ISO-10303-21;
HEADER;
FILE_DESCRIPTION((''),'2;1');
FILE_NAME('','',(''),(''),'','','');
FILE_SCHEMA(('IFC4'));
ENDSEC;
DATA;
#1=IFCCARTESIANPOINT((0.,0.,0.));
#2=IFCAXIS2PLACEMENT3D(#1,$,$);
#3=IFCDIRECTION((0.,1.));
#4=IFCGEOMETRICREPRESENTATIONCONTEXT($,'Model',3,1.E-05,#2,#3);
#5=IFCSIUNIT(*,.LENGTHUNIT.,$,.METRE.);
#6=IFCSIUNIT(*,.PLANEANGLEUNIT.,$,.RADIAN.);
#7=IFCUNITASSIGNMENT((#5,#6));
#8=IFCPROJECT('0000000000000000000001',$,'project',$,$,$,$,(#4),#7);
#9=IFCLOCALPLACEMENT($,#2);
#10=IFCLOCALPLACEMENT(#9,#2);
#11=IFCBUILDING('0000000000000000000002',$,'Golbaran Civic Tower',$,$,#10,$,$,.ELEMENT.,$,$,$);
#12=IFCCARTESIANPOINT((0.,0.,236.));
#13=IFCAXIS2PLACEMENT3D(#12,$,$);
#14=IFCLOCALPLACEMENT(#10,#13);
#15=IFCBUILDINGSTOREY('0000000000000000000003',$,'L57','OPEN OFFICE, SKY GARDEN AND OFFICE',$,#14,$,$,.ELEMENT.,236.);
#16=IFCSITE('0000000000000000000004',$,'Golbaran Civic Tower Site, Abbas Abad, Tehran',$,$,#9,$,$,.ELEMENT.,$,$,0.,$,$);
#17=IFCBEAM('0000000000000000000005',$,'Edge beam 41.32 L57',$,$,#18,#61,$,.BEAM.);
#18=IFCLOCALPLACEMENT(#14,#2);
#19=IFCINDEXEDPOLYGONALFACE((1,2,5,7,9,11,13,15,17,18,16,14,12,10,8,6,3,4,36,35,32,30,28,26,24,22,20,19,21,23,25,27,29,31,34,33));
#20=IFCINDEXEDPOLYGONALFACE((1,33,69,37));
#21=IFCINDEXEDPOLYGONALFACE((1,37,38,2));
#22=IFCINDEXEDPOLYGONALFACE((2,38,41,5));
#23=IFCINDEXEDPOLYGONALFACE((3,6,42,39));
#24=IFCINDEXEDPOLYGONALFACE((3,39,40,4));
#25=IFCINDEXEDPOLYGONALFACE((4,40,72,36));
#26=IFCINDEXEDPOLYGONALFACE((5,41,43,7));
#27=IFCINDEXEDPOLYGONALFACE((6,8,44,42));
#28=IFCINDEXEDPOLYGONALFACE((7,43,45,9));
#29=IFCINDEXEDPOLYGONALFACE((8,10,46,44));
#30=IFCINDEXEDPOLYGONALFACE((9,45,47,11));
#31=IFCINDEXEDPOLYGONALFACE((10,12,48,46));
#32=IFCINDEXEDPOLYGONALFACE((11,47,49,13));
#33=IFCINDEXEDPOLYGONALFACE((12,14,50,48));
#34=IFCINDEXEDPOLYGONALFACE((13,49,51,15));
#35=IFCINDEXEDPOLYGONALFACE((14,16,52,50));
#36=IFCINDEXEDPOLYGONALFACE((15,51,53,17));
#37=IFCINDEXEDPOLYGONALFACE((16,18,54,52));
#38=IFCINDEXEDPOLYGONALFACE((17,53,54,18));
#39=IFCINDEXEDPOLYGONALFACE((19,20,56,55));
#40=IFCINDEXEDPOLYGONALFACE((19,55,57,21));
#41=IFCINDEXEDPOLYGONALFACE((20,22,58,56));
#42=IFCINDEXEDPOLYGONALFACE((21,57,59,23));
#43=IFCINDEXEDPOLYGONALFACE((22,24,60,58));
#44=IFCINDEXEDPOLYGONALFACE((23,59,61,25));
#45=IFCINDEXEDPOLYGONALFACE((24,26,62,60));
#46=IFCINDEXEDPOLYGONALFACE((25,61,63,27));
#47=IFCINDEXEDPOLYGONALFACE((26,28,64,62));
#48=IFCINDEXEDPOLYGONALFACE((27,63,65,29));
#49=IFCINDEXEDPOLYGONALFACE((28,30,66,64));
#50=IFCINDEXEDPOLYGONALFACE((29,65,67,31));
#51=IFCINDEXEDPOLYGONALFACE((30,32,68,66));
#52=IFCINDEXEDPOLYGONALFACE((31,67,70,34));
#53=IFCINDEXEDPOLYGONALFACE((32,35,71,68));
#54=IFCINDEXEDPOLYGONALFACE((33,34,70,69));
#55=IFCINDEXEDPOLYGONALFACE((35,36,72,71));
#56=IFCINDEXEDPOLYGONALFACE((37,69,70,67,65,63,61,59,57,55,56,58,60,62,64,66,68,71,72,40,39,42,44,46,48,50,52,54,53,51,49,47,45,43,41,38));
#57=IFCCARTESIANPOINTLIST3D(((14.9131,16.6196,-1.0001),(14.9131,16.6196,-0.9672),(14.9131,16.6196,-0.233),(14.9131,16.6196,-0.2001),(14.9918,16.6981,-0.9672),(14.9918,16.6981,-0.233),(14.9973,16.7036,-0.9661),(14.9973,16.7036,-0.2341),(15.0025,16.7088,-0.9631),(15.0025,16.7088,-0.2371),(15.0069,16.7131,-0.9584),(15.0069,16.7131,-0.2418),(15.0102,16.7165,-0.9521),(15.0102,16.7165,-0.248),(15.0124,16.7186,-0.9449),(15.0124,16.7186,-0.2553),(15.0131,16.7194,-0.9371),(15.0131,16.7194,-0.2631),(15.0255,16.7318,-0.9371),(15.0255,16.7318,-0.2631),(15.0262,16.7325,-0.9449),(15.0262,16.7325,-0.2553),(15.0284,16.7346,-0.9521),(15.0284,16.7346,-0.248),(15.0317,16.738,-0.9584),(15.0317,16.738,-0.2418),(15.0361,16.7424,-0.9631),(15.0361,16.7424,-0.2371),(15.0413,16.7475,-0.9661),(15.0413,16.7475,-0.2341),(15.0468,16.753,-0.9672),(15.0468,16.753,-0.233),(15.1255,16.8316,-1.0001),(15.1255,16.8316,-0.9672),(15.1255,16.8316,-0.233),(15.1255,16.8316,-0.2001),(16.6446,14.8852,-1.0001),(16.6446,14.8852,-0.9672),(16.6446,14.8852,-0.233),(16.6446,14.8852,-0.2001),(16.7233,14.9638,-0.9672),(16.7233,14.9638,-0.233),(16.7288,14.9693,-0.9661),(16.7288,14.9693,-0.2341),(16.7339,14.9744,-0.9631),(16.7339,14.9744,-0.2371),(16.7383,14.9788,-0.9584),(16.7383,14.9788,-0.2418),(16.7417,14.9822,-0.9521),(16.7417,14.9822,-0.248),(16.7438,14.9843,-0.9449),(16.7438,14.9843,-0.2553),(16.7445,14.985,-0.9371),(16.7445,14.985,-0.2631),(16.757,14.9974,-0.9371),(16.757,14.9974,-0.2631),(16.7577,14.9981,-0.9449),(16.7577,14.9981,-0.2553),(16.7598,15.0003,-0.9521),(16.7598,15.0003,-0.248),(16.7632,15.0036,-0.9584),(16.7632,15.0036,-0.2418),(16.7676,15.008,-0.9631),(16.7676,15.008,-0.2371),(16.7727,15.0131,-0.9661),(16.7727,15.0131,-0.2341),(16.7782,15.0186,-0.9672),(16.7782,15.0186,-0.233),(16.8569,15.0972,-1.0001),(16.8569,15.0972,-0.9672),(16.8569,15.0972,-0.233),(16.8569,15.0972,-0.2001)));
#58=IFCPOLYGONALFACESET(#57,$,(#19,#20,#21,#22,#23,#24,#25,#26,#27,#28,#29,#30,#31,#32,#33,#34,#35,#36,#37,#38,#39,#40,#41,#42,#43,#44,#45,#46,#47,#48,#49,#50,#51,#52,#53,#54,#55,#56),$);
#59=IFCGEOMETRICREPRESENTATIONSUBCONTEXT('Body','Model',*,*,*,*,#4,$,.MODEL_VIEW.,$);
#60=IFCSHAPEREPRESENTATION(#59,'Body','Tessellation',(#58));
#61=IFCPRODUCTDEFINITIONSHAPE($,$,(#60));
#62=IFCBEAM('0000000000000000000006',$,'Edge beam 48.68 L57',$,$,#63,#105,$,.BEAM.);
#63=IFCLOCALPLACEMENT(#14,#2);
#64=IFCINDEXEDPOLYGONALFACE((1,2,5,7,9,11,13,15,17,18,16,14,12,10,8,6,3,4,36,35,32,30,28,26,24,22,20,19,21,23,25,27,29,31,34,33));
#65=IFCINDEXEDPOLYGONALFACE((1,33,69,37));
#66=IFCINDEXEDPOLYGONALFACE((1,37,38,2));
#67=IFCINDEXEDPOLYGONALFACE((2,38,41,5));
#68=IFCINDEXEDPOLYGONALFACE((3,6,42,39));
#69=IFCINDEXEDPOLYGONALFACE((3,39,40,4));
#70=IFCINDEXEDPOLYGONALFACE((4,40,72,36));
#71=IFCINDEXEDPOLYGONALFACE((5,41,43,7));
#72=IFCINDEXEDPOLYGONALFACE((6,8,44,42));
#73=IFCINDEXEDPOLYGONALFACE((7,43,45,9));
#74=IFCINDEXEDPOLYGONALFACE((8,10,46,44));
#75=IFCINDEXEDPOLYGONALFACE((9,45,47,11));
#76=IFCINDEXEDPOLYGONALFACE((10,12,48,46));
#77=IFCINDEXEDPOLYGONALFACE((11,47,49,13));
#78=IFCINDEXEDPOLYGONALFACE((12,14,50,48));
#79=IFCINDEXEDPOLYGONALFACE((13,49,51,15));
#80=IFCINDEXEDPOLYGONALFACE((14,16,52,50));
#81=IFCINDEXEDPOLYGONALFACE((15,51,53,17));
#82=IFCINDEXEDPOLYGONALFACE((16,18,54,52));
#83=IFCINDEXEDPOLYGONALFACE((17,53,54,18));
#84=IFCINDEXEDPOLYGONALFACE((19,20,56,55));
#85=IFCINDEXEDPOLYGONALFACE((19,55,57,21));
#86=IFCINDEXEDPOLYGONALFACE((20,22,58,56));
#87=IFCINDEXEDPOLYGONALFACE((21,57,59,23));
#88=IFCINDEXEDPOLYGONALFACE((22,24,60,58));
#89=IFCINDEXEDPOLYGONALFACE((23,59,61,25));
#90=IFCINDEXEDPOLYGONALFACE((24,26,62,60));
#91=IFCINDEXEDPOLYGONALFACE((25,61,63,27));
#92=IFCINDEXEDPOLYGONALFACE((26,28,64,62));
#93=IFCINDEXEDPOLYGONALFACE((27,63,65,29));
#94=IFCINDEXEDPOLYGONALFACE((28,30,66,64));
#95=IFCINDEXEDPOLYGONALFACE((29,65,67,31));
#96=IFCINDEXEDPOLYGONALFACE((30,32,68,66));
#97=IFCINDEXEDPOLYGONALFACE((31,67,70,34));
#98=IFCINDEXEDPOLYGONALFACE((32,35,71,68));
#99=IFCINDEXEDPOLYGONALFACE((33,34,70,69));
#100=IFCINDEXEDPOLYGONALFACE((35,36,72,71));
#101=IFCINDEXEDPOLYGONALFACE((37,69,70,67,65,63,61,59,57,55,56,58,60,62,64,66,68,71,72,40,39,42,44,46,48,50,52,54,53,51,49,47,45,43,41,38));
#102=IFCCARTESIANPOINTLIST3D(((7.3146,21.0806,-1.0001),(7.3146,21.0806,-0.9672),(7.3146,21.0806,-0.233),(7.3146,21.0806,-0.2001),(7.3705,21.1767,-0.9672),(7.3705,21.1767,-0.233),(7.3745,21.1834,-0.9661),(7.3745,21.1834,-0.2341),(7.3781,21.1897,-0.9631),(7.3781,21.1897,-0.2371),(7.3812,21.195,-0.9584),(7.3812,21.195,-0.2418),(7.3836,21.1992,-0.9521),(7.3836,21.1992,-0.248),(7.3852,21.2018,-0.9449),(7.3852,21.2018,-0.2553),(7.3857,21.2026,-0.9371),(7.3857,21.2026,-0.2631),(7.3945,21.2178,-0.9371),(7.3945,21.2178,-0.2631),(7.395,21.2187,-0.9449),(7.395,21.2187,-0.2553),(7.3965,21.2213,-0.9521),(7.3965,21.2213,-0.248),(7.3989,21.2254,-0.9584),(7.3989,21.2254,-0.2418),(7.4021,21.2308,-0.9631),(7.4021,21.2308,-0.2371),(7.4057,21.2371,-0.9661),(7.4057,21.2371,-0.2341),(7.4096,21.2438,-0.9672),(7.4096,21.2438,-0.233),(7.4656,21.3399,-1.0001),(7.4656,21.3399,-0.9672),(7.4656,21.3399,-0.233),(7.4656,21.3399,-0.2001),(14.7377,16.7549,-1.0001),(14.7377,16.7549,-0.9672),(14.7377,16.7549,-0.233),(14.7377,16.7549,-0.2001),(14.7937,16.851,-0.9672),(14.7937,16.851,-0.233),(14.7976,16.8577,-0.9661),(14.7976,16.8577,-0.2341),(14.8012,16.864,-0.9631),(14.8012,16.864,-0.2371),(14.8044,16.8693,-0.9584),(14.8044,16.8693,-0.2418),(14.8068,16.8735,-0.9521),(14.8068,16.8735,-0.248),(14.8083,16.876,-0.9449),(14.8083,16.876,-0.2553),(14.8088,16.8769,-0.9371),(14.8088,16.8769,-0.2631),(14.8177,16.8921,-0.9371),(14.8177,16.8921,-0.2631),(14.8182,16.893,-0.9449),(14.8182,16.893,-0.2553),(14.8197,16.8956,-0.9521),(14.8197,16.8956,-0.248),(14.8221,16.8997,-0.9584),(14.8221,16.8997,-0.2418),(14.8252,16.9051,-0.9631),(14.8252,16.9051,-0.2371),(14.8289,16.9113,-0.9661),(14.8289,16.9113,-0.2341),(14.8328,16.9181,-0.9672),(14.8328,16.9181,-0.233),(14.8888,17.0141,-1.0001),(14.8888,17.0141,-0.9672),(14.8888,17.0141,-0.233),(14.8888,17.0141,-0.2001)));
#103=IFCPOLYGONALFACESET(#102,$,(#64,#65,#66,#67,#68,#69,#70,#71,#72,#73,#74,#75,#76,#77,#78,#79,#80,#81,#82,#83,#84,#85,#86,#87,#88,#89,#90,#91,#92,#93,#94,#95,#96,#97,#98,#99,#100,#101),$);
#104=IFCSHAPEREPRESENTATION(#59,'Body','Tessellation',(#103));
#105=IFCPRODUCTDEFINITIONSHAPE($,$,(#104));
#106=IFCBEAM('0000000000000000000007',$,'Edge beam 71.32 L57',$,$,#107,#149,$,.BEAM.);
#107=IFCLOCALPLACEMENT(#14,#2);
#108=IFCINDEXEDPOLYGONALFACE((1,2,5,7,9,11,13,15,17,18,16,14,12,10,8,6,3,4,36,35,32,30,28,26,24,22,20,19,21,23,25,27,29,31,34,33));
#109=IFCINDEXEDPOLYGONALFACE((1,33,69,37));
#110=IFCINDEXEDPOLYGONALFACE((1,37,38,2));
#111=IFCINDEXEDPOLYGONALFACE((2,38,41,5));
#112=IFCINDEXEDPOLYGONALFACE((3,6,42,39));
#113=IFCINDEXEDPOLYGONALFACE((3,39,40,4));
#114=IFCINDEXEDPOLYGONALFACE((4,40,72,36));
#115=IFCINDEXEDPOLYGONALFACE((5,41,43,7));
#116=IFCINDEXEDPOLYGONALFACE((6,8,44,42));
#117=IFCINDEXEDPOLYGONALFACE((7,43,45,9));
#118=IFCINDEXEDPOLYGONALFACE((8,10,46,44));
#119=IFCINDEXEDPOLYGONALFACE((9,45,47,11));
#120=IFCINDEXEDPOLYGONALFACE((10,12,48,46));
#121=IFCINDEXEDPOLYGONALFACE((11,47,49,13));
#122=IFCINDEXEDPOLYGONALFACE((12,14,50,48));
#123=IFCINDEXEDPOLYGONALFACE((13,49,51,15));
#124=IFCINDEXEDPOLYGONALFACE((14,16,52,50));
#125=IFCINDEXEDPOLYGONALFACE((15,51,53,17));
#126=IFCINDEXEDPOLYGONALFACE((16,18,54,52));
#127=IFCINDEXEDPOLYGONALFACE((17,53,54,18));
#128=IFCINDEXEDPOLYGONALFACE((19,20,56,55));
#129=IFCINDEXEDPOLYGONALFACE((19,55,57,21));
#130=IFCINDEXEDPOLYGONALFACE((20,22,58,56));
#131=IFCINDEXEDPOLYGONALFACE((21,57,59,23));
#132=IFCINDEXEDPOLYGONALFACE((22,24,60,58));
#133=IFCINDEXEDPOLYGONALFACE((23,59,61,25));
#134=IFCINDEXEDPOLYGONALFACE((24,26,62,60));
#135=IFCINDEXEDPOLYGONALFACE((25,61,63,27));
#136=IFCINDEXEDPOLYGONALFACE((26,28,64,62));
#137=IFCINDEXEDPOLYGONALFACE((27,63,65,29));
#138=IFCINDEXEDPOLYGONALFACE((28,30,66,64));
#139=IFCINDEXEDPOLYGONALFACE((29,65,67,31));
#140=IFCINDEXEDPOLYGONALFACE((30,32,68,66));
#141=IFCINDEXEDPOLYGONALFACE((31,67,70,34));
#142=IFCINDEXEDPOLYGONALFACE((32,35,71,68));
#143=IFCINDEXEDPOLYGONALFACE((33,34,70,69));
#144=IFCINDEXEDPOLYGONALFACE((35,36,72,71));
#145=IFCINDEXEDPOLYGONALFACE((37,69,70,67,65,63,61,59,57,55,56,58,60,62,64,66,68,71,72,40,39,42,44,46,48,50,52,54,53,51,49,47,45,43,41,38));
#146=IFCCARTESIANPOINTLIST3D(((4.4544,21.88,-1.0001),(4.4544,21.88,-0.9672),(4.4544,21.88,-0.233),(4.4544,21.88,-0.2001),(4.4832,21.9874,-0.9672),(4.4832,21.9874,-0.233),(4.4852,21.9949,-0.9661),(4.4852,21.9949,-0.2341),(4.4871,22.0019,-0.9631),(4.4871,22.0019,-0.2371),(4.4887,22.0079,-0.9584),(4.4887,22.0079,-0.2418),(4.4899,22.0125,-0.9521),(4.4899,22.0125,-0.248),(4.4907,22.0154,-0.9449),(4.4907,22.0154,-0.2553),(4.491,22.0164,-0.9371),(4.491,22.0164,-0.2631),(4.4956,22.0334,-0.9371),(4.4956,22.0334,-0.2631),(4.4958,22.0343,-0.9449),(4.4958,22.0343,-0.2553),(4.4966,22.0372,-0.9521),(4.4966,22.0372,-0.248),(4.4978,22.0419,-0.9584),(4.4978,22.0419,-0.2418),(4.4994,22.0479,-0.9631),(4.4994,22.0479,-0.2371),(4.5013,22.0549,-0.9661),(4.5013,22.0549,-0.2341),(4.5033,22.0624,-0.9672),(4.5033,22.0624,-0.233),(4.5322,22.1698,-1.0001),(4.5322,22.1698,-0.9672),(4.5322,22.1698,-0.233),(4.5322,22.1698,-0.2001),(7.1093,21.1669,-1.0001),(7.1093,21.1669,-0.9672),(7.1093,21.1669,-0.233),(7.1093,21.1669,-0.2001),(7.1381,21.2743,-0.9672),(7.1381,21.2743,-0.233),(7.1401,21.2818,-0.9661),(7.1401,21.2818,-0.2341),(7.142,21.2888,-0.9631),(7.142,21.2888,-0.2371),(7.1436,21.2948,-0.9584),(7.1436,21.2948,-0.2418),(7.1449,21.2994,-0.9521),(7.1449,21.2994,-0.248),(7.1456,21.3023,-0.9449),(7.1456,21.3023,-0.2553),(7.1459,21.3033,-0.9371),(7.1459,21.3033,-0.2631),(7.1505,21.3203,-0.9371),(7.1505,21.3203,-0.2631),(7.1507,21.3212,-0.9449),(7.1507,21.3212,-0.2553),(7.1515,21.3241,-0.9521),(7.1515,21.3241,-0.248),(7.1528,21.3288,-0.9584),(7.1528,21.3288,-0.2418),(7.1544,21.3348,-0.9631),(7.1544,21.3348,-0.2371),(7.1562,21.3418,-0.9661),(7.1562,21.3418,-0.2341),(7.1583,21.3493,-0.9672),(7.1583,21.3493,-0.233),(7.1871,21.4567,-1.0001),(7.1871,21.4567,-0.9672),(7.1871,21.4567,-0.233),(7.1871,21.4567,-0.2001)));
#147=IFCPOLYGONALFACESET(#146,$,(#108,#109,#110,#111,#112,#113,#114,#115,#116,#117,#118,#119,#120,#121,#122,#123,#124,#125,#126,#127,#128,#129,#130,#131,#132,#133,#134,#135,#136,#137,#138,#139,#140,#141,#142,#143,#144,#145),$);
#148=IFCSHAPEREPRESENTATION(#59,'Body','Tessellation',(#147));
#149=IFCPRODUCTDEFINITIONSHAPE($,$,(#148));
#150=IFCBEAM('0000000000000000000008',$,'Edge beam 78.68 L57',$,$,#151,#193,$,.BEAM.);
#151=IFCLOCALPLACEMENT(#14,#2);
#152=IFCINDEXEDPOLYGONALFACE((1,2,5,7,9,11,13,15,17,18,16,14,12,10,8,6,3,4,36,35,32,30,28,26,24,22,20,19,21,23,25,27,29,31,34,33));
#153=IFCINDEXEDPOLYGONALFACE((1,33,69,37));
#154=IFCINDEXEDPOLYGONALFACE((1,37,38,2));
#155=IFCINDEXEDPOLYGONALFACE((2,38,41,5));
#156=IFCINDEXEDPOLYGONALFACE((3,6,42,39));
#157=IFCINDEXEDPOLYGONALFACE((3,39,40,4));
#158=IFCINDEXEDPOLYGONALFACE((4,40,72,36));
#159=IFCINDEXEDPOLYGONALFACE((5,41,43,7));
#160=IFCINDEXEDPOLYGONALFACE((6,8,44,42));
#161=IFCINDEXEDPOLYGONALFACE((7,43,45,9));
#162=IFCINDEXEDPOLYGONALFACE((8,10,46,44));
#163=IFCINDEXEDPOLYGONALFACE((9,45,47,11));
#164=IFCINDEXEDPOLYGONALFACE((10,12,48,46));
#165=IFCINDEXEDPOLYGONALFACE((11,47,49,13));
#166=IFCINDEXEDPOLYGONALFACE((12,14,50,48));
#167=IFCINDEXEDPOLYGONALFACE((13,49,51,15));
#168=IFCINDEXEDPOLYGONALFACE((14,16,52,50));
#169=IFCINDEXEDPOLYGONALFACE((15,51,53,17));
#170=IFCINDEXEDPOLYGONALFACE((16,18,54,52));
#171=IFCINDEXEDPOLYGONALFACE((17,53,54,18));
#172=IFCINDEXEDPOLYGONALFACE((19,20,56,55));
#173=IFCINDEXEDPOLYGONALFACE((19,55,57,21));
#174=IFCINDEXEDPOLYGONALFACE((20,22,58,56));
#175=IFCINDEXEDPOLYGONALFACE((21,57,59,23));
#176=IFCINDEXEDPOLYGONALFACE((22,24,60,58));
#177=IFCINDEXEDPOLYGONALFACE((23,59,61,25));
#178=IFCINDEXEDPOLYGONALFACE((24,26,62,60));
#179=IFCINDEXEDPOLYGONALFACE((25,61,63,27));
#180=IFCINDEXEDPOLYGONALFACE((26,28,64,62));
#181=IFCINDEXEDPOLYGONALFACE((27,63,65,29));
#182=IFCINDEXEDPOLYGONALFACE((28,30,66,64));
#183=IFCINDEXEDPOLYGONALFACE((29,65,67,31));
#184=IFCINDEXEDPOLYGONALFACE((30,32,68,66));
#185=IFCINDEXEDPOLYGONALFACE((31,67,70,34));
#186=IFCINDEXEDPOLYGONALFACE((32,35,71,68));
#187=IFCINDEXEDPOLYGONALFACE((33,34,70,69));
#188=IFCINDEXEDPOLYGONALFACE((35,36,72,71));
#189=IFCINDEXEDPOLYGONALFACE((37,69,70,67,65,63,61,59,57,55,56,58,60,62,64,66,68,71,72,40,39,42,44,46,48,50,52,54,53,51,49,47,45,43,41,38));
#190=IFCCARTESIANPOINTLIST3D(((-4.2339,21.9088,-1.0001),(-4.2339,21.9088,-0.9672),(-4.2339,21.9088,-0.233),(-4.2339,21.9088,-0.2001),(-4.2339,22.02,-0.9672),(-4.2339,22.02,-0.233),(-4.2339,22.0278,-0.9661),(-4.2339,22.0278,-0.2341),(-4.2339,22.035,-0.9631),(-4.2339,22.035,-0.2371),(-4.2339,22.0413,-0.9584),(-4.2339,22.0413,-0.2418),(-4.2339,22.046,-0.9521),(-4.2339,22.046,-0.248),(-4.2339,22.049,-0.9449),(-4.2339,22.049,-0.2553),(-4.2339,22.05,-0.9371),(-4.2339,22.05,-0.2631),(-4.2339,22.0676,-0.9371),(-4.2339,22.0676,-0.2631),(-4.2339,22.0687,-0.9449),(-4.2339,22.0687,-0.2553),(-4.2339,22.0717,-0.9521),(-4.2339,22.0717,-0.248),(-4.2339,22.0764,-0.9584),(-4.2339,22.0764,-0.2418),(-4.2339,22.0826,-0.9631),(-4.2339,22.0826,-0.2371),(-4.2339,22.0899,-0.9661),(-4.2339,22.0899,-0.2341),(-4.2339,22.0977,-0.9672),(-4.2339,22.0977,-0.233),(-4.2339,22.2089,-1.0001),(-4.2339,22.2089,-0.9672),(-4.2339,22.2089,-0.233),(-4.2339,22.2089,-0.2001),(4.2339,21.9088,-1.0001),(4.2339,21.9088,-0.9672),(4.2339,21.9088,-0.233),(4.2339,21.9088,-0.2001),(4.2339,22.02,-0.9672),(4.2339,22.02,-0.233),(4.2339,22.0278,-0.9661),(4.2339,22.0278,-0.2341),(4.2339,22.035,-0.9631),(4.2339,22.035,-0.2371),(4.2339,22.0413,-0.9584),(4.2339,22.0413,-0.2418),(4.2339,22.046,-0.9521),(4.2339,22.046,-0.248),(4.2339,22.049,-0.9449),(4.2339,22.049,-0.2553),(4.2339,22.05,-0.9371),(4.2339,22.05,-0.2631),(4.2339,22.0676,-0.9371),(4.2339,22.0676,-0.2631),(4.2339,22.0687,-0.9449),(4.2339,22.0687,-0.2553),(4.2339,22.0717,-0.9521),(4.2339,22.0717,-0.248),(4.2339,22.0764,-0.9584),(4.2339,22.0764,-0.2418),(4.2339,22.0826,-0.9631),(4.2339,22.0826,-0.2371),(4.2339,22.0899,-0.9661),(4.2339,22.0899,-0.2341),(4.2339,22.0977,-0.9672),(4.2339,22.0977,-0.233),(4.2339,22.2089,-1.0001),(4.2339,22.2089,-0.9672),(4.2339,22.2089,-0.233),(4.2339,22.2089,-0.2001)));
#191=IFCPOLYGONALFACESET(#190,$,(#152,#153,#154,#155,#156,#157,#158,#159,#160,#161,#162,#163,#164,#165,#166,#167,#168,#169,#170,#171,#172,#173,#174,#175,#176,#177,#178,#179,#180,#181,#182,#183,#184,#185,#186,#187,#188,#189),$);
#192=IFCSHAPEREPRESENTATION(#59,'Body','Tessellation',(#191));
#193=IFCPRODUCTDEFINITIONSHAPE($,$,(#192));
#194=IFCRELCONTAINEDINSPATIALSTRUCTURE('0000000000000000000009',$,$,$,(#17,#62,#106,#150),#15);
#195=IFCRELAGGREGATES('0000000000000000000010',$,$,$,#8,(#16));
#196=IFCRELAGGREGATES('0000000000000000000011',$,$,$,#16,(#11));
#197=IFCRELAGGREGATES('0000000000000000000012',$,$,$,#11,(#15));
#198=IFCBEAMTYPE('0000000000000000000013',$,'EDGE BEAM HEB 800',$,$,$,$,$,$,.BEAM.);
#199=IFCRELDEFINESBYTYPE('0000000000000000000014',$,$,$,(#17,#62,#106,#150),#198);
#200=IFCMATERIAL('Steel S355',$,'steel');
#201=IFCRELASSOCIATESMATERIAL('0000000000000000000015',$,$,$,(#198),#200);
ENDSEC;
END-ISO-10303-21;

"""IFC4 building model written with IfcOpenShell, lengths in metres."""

from ifc_helpers import new_model, si_unit, direction, frame, origin, origin_2d, place, context, subcontext, project, spatial, i_section, extrude, material, material_profile, profile_set, type_object, element, save


model = new_model("IFC4")

# Units and contexts
model_context = context("Model", 3, precision=1e-05, world=origin(), true_north=direction((0.0, 1.0)))
body_context = subcontext(model_context, "Body", "Model", "MODEL_VIEW")
ifc_project = project(units=[si_unit("LENGTHUNIT", "METRE"), si_unit("PLANEANGLEUNIT", "RADIAN")], contexts=[model_context])

# Site, building, storey
site_placement = place(None, origin())
site = spatial("IfcSite", under=ifc_project, at=site_placement, Name="Golbaran Civic Tower Site, Abbas Abad, Tehran", CompositionType="ELEMENT", RefElevation=0.0)
building_placement = place(site_placement, origin())
building = spatial("IfcBuilding", under=site, at=building_placement, Name="Golbaran Civic Tower", CompositionType="ELEMENT")
storey_placement = place(building_placement, frame((0.0, 0.0, 236.0)))
storey = spatial("IfcBuildingStorey", under=building, at=storey_placement, Name="L57", Description="OPEN OFFICE, SKY GARDEN AND OFFICE", CompositionType="ELEMENT", Elevation=236.0)

# Beams
ifc_material_1 = material(Name="Steel S355", Category="steel")
ifc_material_profile_1 = material_profile(ifc_material_1, i_section(OverallWidth=0.3, OverallDepth=0.8, WebThickness=0.0176, FlangeThickness=0.033, FilletRadius=0.03, at=origin_2d()), Name="HEB 800")
ifc_profile_set_1 = profile_set([ifc_material_profile_1], Name="Steel S355")
beam_type_1 = type_object("IfcBeamType", Name="EDGE BEAM HEB 800", PredefinedType="BEAM", material=ifc_profile_set_1)
beam_1_placement = place(storey_placement, frame((16.7507, 14.9912, -0.6001), z_axis=(-0.706509, 0.707704, 0.0), x_axis=(-0.707704, -0.706509, 0.0)))
element("IfcBeam", 1, at=beam_1_placement, inside=storey, type_object=beam_type_1, Name="Edge beam 41.32 L57", PredefinedType="BEAM", context=body_context, shape_type="SweptSolid", body=[
    extrude(i_section(OverallWidth=0.3, OverallDepth=0.8, WebThickness=0.0176, FlangeThickness=0.033, FilletRadius=0.03, at=origin_2d()), origin(), (0.0, 0.0, 1.0), 2.4507),
])
beam_2_placement = place(storey_placement, frame((14.8132, 16.8845, -0.6001), z_axis=(-0.864005, 0.503484, 0.0), x_axis=(-0.503484, -0.864005, 0.0)))
element("IfcBeam", 2, at=beam_2_placement, inside=storey, type_object=beam_type_1, Name="Edge beam 48.68 L57", PredefinedType="BEAM", context=body_context, shape_type="SweptSolid", body=[
    extrude(i_section(OverallWidth=0.3, OverallDepth=0.8, WebThickness=0.0176, FlangeThickness=0.033, FilletRadius=0.03, at=origin_2d()), origin(), (0.0, 0.0, 1.0), 8.5916),
])
beam_3_placement = place(storey_placement, frame((7.1482, 21.3118, -0.6001), z_axis=(-0.965769, 0.259403, 0.0), x_axis=(-0.259403, -0.965769, 0.0)))
element("IfcBeam", 3, at=beam_3_placement, inside=storey, type_object=beam_type_1, Name="Edge beam 71.32 L57", PredefinedType="BEAM", context=body_context, shape_type="SweptSolid", body=[
    extrude(i_section(OverallWidth=0.3, OverallDepth=0.8, WebThickness=0.0176, FlangeThickness=0.033, FilletRadius=0.03, at=origin_2d()), origin(), (0.0, 0.0, 1.0), 2.749),
])
beam_4_placement = place(storey_placement, frame((4.2339, 22.0588, -0.6001), z_axis=(-1.0, 0.0, 0.0), x_axis=(0.0, -1.0, 0.0)))
element("IfcBeam", 4, at=beam_4_placement, inside=storey, type_object=beam_type_1, Name="Edge beam 78.68 L57", PredefinedType="BEAM", context=body_context, shape_type="SweptSolid", body=[
    extrude(i_section(OverallWidth=0.3, OverallDepth=0.8, WebThickness=0.0176, FlangeThickness=0.033, FilletRadius=0.03, at=origin_2d()), origin(), (0.0, 0.0, 1.0), 8.4678),
])

save(model, "model.ifc")
